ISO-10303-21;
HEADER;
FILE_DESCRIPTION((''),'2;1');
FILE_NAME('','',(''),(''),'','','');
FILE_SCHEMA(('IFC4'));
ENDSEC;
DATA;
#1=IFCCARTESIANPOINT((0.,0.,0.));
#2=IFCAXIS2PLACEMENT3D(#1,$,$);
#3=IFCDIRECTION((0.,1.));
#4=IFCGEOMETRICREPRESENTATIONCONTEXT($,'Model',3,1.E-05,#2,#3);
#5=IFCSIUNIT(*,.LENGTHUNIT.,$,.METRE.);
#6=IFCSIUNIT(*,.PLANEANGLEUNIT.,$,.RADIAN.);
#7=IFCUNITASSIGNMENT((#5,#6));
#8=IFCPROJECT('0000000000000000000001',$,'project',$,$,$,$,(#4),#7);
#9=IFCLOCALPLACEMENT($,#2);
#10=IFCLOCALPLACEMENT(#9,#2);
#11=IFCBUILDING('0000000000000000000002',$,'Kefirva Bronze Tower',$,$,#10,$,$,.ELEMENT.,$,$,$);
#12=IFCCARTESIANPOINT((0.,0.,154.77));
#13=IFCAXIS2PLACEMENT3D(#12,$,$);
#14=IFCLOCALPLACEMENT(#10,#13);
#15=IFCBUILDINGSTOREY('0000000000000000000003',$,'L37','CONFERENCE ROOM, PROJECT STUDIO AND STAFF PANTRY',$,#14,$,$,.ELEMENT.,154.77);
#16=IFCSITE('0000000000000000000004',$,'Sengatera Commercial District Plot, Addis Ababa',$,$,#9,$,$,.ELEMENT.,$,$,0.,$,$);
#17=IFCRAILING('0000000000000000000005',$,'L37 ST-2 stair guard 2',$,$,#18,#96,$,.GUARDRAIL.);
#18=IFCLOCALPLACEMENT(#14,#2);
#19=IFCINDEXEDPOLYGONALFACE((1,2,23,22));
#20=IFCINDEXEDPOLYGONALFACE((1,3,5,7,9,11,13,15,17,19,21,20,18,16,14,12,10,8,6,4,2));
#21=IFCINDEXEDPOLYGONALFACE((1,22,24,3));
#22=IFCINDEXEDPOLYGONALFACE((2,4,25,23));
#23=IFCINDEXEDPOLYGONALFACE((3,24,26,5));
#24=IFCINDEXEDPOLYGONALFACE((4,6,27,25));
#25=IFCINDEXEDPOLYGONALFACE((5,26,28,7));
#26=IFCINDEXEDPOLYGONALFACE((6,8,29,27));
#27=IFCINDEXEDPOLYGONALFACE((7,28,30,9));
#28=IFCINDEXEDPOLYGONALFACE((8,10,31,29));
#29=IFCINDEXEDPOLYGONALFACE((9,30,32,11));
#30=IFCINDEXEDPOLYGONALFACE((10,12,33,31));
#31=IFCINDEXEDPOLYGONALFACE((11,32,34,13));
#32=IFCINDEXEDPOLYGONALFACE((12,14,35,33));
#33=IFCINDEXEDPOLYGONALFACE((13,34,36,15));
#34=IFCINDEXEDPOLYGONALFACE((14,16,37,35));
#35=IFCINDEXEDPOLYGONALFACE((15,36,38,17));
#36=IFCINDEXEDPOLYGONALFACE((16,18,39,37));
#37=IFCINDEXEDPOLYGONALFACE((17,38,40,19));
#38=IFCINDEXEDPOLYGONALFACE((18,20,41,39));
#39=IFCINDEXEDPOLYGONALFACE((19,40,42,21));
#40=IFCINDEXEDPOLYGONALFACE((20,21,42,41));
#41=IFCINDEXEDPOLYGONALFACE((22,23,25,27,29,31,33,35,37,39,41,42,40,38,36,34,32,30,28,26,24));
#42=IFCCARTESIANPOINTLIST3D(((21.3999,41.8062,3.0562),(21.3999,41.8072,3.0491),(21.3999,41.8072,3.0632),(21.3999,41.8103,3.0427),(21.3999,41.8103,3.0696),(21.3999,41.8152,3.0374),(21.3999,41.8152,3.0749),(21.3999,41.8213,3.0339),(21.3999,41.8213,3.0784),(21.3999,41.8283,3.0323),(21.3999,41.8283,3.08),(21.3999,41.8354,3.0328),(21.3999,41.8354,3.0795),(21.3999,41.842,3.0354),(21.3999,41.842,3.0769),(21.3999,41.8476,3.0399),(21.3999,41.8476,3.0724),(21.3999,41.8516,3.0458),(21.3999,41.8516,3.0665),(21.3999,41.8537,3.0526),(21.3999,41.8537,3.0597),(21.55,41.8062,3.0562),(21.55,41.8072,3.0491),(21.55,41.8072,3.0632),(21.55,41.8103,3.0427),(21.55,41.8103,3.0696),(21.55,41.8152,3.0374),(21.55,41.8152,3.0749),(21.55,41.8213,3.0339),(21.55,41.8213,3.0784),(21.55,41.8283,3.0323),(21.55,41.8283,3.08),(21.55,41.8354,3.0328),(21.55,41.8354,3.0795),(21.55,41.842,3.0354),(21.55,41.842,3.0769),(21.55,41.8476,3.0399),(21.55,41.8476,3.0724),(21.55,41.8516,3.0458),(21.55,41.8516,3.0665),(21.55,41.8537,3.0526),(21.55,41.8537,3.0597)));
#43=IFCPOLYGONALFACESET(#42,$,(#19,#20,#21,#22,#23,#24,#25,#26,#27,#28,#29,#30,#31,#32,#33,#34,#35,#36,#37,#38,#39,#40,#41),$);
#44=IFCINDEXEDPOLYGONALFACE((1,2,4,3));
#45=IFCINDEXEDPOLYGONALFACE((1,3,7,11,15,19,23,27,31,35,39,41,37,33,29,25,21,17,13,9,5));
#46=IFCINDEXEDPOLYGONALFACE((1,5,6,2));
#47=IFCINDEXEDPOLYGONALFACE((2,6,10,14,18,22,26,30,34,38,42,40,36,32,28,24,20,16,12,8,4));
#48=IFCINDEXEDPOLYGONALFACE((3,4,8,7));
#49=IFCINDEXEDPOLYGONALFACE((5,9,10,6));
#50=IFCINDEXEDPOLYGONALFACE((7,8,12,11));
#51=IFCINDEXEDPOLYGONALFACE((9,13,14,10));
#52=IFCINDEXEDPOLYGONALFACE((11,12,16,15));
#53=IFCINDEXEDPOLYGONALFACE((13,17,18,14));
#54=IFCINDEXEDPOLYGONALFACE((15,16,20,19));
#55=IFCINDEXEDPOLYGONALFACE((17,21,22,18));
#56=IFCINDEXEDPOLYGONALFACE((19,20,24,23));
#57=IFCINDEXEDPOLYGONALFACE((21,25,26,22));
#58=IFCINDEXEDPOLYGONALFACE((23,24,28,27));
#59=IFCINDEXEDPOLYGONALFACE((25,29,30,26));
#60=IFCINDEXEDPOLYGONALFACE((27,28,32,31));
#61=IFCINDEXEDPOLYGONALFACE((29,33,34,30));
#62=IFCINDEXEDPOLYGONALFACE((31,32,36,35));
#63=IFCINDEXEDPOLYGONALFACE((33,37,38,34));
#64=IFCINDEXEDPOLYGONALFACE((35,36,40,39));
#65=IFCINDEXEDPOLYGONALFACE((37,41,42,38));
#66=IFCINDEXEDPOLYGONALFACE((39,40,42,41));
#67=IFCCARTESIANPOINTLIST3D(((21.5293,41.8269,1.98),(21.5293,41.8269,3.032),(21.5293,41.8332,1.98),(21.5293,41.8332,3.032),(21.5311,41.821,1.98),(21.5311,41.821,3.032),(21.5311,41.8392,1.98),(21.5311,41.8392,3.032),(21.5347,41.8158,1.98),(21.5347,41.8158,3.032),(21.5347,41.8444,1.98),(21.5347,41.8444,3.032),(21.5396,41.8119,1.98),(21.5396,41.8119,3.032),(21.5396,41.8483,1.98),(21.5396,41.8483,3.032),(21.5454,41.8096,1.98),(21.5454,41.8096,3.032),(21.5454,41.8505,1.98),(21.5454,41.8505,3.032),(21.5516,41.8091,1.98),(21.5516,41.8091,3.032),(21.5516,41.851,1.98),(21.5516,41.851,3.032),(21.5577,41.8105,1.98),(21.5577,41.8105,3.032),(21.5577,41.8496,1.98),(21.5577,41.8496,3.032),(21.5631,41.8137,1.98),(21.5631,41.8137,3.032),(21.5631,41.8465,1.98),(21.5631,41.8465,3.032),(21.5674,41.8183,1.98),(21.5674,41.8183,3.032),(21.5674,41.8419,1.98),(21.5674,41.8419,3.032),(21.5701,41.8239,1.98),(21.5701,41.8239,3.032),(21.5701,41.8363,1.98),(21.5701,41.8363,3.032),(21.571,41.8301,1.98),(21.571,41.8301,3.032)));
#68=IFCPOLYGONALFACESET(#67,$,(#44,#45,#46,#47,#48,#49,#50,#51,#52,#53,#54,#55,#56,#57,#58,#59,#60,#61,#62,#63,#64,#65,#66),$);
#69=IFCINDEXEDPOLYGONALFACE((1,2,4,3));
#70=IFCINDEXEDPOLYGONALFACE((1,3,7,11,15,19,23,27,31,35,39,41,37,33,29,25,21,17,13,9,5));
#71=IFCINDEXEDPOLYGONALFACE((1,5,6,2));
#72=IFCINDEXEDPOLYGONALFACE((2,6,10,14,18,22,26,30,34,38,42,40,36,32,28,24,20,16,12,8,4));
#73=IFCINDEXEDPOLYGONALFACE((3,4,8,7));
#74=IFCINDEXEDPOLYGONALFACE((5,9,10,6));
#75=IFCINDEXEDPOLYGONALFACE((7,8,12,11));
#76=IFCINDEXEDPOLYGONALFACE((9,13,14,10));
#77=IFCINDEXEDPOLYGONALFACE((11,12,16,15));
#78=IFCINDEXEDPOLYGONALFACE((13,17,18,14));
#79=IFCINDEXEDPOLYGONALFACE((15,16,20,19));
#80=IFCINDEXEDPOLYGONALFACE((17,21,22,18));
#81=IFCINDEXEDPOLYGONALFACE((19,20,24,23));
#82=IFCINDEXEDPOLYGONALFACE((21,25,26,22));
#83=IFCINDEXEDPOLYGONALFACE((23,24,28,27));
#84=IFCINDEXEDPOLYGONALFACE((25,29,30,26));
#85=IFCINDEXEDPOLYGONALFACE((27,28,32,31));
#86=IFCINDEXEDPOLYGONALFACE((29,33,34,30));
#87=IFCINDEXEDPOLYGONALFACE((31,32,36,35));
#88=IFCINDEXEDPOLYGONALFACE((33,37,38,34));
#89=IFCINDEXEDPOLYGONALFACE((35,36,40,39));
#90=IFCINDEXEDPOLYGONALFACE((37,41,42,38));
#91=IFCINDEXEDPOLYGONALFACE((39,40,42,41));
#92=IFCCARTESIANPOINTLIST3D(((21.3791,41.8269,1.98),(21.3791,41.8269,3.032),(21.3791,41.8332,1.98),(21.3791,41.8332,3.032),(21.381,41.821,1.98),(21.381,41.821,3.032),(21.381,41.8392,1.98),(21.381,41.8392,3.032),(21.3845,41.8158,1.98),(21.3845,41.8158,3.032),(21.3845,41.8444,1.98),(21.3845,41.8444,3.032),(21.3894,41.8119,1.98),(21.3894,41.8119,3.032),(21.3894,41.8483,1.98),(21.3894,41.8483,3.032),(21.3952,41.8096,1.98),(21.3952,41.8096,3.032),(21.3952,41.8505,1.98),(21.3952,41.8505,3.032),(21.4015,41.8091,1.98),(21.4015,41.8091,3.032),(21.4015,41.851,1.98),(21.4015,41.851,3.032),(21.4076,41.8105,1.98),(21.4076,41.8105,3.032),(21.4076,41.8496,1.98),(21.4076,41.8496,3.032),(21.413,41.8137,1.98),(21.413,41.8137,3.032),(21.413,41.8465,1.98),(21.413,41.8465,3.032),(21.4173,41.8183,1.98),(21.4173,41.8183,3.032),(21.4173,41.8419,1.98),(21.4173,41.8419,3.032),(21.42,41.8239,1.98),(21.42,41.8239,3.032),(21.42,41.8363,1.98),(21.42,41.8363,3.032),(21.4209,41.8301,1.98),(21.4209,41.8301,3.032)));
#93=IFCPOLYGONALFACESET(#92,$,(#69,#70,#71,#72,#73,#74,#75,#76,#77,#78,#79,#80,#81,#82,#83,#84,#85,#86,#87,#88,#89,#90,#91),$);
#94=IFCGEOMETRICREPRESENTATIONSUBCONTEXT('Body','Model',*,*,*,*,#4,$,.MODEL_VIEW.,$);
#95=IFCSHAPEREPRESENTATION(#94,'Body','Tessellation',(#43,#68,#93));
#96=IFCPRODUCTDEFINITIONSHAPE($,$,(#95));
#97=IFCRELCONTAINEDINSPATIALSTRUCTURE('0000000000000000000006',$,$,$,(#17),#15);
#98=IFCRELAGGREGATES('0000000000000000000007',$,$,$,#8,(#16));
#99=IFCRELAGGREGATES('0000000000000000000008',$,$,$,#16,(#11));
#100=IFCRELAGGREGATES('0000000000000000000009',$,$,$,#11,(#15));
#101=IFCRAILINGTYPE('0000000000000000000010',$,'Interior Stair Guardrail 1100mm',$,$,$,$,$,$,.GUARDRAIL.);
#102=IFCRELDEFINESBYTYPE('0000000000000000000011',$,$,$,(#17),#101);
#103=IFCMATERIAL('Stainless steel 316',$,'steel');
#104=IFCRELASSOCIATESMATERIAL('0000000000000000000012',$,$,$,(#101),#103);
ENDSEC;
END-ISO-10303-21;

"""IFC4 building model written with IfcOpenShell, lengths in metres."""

from ifc_helpers import new_model, si_unit, direction, frame, origin, origin_2d, place, context, subcontext, project, spatial, circle, extrude, material, type_object, element, save


model = new_model("IFC4")

# Units and contexts
model_context = context("Model", 3, precision=1e-05, world=origin(), true_north=direction((0.0, 1.0)))
body_context = subcontext(model_context, "Body", "Model", "MODEL_VIEW")
ifc_project = project(units=[si_unit("LENGTHUNIT", "METRE"), si_unit("PLANEANGLEUNIT", "RADIAN")], contexts=[model_context])

# Site, building, storey
site_placement = place(None, origin())
site = spatial("IfcSite", under=ifc_project, at=site_placement, Name="Sengatera Commercial District Plot, Addis Ababa", CompositionType="ELEMENT", RefElevation=0.0)
building_placement = place(site_placement, origin())
building = spatial("IfcBuilding", under=site, at=building_placement, Name="Kefirva Bronze Tower", CompositionType="ELEMENT")
storey_placement = place(building_placement, frame((0.0, 0.0, 154.77)))
storey = spatial("IfcBuildingStorey", under=building, at=storey_placement, Name="L37", Description="CONFERENCE ROOM, PROJECT STUDIO AND STAFF PANTRY", CompositionType="ELEMENT", Elevation=154.77)

# Railing
ifc_material_1 = material(Name="Stainless steel 316", Category="steel")
railing_type_1 = type_object("IfcRailingType", Name="Interior Stair Guardrail 1100mm", PredefinedType="GUARDRAIL", material=ifc_material_1)
railing_1_placement = place(storey_placement, frame((21.55, 41.8301, 1.98)))
element("IfcRailing", 1, at=railing_1_placement, inside=storey, type_object=railing_type_1, Name="L37 ST-2 stair guard 2", PredefinedType="GUARDRAIL", context=body_context, shape_type="SweptSolid", body=[
    extrude(circle(Radius=0.0239, at=origin_2d()), frame((0.0, 0.0, 1.0762), z_axis=(-1.0, 0.0, 0.0), x_axis=(0.0, -1.0, 0.0)), (0.0, 0.0, 1.0), 0.1501),
    extrude(circle(Radius=0.021, at=origin_2d()), origin(), (0.0, 0.0, 1.0), 1.052),
    extrude(circle(Radius=0.021, at=origin_2d()), frame((-0.1501, 0.0, 0.0)), (0.0, 0.0, 1.0), 1.052),
])

save(model, "model.ifc")
